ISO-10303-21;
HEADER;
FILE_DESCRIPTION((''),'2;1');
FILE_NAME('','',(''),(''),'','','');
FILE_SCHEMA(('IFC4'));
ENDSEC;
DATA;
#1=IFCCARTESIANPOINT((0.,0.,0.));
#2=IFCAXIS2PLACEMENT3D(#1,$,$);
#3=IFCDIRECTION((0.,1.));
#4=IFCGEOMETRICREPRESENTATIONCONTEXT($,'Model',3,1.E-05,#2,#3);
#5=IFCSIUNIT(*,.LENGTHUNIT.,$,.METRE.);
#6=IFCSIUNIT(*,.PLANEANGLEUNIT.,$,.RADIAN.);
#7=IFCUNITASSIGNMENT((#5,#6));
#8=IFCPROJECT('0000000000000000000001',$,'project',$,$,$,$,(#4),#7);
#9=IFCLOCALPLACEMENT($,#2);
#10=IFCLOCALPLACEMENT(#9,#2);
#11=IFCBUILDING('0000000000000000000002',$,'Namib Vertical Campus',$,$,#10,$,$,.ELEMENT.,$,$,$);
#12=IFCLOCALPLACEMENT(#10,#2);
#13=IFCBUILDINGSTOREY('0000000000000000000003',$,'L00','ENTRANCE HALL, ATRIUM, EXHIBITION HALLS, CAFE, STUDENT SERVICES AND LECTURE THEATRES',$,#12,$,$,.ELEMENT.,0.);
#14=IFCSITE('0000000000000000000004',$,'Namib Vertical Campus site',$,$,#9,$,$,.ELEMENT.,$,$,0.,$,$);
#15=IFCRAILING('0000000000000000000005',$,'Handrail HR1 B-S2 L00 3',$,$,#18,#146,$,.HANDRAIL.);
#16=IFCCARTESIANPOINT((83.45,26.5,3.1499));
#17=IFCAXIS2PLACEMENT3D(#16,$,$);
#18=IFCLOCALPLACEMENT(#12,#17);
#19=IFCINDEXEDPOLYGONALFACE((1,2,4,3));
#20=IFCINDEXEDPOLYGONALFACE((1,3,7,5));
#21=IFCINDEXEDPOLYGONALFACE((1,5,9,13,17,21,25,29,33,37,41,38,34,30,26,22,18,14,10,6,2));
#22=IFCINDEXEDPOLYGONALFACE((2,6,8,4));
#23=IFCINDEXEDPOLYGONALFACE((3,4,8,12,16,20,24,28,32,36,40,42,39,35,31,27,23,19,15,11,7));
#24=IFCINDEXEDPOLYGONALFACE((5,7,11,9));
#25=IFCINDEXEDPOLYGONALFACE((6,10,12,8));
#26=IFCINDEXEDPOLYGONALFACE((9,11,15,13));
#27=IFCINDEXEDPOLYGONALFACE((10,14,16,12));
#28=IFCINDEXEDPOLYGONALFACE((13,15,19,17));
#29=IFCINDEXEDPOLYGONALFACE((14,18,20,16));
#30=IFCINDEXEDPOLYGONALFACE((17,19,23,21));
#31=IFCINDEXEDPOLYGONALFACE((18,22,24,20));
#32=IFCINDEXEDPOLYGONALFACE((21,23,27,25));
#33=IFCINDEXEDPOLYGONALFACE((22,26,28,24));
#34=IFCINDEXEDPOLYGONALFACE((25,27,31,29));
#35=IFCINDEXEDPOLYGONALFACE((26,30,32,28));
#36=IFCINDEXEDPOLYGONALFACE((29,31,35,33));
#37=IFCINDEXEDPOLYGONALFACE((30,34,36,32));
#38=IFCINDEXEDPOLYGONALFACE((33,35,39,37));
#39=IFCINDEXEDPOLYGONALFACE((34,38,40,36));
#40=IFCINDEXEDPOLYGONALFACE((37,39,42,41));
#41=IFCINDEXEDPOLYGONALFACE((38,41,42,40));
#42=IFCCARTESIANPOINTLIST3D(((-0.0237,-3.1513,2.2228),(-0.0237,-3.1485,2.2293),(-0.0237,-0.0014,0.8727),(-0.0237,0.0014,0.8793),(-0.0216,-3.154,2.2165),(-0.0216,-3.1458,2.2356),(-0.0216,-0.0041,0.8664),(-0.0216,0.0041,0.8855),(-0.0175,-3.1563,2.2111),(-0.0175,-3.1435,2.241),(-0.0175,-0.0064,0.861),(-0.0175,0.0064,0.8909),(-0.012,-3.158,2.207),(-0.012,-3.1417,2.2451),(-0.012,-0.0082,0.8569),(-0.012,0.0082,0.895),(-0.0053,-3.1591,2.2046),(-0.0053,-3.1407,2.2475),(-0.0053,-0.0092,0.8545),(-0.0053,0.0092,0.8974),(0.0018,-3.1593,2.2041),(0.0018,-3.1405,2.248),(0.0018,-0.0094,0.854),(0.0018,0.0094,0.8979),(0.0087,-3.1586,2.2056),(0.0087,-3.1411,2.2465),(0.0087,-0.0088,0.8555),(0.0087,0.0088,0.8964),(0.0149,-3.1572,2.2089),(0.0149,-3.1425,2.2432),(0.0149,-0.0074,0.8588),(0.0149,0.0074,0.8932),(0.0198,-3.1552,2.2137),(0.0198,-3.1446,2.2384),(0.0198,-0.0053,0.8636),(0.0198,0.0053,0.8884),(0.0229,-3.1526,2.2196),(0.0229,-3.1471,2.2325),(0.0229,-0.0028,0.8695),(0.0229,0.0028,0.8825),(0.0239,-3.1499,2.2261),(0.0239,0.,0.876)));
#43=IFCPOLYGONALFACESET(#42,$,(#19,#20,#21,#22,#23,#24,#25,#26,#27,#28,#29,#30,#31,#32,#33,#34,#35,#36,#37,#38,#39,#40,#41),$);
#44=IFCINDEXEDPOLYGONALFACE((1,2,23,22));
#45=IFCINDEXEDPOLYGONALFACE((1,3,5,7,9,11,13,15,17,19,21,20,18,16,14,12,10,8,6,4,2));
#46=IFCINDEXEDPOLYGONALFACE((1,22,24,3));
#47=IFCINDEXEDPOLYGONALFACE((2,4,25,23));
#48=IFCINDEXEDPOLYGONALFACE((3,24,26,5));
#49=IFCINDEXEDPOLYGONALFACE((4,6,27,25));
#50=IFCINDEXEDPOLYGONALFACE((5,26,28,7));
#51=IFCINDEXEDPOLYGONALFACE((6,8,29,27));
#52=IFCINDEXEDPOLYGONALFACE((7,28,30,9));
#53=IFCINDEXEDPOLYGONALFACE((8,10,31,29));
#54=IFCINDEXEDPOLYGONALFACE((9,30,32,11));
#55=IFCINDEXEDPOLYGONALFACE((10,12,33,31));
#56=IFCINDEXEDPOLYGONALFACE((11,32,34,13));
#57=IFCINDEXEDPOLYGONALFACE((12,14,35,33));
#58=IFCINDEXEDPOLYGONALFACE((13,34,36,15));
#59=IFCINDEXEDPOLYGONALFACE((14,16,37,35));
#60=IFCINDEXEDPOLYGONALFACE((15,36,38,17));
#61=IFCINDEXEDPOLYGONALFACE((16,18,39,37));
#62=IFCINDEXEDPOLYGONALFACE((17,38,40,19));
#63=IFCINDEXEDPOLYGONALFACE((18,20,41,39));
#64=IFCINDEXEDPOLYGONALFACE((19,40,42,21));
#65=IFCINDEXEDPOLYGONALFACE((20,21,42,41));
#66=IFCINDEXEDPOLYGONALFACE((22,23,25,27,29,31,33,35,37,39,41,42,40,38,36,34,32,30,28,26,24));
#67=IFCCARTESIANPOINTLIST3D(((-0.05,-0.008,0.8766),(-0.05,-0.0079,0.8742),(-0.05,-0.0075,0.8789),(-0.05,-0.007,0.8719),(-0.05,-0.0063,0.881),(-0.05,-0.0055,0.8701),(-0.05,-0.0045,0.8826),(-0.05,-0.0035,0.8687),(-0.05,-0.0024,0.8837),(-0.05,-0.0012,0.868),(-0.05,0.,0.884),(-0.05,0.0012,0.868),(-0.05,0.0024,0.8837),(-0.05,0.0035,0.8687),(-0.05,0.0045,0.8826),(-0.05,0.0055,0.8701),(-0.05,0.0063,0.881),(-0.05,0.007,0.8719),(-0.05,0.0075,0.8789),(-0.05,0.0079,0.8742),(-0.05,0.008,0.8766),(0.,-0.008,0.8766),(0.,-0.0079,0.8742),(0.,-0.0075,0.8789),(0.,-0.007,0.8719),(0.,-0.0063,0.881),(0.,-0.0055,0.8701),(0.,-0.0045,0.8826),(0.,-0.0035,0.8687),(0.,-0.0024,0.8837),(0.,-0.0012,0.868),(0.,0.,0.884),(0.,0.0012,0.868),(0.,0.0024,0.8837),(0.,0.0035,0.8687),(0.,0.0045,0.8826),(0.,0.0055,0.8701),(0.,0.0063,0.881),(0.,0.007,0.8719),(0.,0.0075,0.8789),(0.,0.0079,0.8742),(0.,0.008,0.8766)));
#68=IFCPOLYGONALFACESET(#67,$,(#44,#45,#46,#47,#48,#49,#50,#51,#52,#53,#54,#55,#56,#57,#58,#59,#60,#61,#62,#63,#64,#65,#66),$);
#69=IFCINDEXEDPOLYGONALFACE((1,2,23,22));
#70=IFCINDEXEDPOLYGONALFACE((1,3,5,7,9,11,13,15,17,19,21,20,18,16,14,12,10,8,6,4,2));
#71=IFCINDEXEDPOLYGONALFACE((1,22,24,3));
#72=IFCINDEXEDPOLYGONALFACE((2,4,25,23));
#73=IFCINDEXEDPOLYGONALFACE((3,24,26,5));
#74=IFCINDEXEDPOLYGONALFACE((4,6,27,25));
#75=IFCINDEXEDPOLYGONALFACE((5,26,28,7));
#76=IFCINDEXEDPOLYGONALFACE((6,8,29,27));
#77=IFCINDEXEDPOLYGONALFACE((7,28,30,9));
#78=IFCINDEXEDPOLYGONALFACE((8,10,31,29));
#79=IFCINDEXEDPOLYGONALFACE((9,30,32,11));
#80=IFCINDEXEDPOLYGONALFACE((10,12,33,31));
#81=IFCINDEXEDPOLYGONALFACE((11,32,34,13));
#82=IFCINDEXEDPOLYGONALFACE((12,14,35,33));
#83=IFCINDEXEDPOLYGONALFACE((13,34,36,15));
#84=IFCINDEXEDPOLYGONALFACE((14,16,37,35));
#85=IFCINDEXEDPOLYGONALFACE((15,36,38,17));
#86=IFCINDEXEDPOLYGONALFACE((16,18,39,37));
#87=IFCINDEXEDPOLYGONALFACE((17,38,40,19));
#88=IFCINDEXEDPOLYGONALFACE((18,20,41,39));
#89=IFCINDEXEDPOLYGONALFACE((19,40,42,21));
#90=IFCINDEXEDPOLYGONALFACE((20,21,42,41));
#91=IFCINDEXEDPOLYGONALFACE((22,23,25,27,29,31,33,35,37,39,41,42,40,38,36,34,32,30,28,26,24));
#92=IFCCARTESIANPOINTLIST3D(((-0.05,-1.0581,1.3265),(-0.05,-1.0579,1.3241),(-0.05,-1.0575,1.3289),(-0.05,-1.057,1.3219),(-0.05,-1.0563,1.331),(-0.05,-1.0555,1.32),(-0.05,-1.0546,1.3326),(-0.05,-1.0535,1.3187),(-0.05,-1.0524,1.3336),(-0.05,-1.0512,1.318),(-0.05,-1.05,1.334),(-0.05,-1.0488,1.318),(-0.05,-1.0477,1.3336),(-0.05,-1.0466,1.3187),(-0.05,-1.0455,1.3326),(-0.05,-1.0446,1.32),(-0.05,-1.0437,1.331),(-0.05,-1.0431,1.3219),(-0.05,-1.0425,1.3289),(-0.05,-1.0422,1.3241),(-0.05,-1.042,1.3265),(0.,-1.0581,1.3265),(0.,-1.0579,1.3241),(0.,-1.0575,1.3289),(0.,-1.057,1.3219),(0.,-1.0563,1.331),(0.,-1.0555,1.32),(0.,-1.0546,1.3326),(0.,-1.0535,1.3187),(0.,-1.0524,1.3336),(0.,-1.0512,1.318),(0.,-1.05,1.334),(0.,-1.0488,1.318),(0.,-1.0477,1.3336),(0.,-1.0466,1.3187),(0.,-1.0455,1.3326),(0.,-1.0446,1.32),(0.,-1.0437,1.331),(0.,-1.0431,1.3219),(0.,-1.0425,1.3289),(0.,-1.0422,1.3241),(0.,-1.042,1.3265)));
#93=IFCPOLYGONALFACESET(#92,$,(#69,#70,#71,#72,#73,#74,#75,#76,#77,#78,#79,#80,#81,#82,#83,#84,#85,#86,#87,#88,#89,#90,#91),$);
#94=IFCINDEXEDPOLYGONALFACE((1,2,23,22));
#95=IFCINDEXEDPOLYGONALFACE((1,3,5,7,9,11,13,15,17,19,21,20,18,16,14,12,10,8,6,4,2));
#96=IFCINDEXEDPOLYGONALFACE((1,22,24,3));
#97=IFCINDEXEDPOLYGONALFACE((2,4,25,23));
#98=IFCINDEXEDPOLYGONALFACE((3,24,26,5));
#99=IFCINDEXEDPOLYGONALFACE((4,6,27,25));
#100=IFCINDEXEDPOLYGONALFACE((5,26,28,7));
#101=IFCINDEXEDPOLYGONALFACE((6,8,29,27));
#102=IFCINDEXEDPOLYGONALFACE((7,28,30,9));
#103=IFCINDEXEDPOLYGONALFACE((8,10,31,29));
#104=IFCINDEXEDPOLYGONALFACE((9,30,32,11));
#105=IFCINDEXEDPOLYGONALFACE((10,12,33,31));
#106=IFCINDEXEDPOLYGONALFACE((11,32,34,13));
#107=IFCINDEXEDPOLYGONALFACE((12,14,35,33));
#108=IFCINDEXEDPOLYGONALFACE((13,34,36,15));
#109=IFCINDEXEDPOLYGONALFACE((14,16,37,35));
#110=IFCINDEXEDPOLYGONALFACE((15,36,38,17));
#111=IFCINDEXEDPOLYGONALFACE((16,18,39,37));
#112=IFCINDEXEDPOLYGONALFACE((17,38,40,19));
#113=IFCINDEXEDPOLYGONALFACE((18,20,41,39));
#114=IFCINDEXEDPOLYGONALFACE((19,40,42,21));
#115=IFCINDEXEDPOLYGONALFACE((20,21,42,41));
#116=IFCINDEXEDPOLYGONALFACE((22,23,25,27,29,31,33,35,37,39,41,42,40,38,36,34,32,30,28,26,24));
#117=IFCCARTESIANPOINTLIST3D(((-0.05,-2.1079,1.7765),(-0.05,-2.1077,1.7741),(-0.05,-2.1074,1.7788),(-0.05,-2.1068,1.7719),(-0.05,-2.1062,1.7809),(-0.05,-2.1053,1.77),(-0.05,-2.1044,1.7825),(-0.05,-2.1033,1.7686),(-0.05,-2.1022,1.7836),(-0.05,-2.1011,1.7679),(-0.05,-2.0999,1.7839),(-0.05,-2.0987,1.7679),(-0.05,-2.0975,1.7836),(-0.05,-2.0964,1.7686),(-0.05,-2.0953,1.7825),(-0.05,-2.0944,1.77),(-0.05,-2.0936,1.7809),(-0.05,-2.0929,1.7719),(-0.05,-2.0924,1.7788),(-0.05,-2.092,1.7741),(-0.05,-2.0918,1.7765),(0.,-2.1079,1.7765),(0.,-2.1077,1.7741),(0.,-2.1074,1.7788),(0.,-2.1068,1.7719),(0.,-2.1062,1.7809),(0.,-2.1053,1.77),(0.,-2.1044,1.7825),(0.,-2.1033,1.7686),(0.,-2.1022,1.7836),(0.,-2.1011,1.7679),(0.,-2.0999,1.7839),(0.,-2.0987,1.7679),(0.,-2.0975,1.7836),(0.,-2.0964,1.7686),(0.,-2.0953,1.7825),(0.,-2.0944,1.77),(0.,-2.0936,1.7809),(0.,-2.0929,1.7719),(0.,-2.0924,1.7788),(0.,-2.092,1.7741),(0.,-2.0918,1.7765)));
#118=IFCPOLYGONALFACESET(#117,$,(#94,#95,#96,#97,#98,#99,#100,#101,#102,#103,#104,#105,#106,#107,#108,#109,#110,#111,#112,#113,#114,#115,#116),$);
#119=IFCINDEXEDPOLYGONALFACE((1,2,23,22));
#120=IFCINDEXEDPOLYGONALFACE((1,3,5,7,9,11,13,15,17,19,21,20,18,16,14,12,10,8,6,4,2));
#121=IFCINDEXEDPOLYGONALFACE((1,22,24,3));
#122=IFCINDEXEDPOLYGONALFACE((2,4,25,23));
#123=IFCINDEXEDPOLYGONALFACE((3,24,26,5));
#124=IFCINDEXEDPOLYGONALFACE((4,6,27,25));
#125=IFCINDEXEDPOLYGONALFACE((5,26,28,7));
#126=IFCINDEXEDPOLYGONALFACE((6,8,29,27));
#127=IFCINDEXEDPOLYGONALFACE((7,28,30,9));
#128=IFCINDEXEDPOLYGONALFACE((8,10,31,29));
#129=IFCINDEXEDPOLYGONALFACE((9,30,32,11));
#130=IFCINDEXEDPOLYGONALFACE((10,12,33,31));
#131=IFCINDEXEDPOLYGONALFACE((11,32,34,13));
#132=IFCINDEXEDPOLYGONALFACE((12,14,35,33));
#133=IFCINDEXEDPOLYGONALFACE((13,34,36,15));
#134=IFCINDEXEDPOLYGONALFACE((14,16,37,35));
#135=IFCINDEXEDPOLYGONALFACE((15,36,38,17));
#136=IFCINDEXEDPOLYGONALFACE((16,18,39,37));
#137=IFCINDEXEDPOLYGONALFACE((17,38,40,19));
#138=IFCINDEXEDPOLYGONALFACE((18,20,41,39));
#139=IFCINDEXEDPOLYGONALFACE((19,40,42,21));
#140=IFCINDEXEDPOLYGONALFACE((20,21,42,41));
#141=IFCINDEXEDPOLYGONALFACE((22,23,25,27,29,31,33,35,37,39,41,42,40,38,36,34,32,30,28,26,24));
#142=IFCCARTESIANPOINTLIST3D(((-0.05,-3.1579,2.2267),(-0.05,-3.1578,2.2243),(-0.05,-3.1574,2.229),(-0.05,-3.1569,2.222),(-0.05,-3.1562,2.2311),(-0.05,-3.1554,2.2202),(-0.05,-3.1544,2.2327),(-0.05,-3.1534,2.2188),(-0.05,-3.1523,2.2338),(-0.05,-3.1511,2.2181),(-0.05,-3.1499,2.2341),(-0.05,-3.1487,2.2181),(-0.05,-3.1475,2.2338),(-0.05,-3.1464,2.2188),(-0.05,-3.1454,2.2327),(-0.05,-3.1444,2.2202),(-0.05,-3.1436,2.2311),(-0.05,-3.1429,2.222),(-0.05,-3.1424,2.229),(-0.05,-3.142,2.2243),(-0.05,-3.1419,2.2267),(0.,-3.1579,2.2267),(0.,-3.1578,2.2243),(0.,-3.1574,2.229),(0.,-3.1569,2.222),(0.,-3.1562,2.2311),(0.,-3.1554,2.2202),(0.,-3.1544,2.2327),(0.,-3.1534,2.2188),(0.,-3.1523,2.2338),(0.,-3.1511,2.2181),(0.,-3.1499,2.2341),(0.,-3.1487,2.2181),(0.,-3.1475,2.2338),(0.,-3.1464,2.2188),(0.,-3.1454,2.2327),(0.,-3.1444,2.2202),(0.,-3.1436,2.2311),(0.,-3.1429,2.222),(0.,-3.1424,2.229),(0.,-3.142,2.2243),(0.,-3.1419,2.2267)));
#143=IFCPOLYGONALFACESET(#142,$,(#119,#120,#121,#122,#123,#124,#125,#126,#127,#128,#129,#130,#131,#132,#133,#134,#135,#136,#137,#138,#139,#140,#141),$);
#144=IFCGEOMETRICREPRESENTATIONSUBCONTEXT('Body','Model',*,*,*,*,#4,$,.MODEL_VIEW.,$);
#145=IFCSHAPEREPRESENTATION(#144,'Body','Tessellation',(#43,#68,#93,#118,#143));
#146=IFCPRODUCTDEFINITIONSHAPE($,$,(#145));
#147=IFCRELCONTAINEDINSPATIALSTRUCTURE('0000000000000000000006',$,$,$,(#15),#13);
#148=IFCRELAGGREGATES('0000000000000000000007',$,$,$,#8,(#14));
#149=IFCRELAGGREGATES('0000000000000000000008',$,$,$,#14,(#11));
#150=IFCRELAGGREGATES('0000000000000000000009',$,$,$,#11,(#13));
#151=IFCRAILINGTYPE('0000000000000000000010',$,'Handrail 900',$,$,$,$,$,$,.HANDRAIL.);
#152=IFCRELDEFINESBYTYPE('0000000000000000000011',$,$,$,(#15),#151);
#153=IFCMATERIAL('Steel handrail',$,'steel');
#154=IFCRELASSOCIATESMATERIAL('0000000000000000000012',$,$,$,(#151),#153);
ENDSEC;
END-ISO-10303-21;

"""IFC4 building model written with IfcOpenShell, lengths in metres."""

from ifc_helpers import new_model, si_unit, direction, frame, origin, origin_2d, place, context, subcontext, project, spatial, circle, extrude, material, type_object, element, save


model = new_model("IFC4")

# Units and contexts
model_context = context("Model", 3, precision=1e-05, world=origin(), true_north=direction((0.0, 1.0)))
body_context = subcontext(model_context, "Body", "Model", "MODEL_VIEW")
ifc_project = project(units=[si_unit("LENGTHUNIT", "METRE"), si_unit("PLANEANGLEUNIT", "RADIAN")], contexts=[model_context])

# Site, building, storey
site_placement = place(None, origin())
site = spatial("IfcSite", under=ifc_project, at=site_placement, Name="Namib Vertical Campus site", CompositionType="ELEMENT", RefElevation=0.0)
building_placement = place(site_placement, origin())
building = spatial("IfcBuilding", under=site, at=building_placement, Name="Namib Vertical Campus", CompositionType="ELEMENT")
storey_placement = place(building_placement, origin())
storey = spatial("IfcBuildingStorey", under=building, at=storey_placement, Name="L00", Description="ENTRANCE HALL, ATRIUM, EXHIBITION HALLS, CAFE, STUDENT SERVICES AND LECTURE THEATRES", CompositionType="ELEMENT", Elevation=0.0)

# Railing
ifc_material_1 = material(Name="Steel handrail", Category="steel")
railing_type_1 = type_object("IfcRailingType", Name="Handrail 900", PredefinedType="HANDRAIL", material=ifc_material_1)
railing_1_placement = place(storey_placement, frame((83.45, 26.5, 3.1499)))
element("IfcRailing", 1, at=railing_1_placement, inside=storey, type_object=railing_type_1, Name="Handrail HR1 B-S2 L00 3", PredefinedType="HANDRAIL", context=body_context, shape_type="SweptSolid", body=[
    extrude(circle(Radius=0.0239, at=origin_2d()), frame((0.0, 0.0, 0.876), z_axis=(0.0, -0.91913, 0.393954), x_axis=(1.0, 0.0, 0.0)), (0.0, 0.0, 1.0), 3.427),
    extrude(circle(Radius=0.0081, at=origin_2d()), frame((0.0, 0.0, 0.876), z_axis=(-1.0, 0.0, 0.0), x_axis=(0.0, 0.0, 1.0)), (0.0, 0.0, 1.0), 0.05),
    extrude(circle(Radius=0.0081, at=origin_2d()), frame((0.0, -1.05, 1.3259), z_axis=(-1.0, 0.0, 0.0), x_axis=(0.0, 0.0, 1.0)), (0.0, 0.0, 1.0), 0.05),
    extrude(circle(Radius=0.0081, at=origin_2d()), frame((0.0, -2.0999, 1.7759), z_axis=(-1.0, 0.0, 0.0), x_axis=(0.0, 0.0, 1.0)), (0.0, 0.0, 1.0), 0.05),
    extrude(circle(Radius=0.0081, at=origin_2d()), frame((0.0, -3.1499, 2.2261), z_axis=(-1.0, 0.0, 0.0), x_axis=(0.0, 0.0, 1.0)), (0.0, 0.0, 1.0), 0.05),
])

save(model, "model.ifc")
